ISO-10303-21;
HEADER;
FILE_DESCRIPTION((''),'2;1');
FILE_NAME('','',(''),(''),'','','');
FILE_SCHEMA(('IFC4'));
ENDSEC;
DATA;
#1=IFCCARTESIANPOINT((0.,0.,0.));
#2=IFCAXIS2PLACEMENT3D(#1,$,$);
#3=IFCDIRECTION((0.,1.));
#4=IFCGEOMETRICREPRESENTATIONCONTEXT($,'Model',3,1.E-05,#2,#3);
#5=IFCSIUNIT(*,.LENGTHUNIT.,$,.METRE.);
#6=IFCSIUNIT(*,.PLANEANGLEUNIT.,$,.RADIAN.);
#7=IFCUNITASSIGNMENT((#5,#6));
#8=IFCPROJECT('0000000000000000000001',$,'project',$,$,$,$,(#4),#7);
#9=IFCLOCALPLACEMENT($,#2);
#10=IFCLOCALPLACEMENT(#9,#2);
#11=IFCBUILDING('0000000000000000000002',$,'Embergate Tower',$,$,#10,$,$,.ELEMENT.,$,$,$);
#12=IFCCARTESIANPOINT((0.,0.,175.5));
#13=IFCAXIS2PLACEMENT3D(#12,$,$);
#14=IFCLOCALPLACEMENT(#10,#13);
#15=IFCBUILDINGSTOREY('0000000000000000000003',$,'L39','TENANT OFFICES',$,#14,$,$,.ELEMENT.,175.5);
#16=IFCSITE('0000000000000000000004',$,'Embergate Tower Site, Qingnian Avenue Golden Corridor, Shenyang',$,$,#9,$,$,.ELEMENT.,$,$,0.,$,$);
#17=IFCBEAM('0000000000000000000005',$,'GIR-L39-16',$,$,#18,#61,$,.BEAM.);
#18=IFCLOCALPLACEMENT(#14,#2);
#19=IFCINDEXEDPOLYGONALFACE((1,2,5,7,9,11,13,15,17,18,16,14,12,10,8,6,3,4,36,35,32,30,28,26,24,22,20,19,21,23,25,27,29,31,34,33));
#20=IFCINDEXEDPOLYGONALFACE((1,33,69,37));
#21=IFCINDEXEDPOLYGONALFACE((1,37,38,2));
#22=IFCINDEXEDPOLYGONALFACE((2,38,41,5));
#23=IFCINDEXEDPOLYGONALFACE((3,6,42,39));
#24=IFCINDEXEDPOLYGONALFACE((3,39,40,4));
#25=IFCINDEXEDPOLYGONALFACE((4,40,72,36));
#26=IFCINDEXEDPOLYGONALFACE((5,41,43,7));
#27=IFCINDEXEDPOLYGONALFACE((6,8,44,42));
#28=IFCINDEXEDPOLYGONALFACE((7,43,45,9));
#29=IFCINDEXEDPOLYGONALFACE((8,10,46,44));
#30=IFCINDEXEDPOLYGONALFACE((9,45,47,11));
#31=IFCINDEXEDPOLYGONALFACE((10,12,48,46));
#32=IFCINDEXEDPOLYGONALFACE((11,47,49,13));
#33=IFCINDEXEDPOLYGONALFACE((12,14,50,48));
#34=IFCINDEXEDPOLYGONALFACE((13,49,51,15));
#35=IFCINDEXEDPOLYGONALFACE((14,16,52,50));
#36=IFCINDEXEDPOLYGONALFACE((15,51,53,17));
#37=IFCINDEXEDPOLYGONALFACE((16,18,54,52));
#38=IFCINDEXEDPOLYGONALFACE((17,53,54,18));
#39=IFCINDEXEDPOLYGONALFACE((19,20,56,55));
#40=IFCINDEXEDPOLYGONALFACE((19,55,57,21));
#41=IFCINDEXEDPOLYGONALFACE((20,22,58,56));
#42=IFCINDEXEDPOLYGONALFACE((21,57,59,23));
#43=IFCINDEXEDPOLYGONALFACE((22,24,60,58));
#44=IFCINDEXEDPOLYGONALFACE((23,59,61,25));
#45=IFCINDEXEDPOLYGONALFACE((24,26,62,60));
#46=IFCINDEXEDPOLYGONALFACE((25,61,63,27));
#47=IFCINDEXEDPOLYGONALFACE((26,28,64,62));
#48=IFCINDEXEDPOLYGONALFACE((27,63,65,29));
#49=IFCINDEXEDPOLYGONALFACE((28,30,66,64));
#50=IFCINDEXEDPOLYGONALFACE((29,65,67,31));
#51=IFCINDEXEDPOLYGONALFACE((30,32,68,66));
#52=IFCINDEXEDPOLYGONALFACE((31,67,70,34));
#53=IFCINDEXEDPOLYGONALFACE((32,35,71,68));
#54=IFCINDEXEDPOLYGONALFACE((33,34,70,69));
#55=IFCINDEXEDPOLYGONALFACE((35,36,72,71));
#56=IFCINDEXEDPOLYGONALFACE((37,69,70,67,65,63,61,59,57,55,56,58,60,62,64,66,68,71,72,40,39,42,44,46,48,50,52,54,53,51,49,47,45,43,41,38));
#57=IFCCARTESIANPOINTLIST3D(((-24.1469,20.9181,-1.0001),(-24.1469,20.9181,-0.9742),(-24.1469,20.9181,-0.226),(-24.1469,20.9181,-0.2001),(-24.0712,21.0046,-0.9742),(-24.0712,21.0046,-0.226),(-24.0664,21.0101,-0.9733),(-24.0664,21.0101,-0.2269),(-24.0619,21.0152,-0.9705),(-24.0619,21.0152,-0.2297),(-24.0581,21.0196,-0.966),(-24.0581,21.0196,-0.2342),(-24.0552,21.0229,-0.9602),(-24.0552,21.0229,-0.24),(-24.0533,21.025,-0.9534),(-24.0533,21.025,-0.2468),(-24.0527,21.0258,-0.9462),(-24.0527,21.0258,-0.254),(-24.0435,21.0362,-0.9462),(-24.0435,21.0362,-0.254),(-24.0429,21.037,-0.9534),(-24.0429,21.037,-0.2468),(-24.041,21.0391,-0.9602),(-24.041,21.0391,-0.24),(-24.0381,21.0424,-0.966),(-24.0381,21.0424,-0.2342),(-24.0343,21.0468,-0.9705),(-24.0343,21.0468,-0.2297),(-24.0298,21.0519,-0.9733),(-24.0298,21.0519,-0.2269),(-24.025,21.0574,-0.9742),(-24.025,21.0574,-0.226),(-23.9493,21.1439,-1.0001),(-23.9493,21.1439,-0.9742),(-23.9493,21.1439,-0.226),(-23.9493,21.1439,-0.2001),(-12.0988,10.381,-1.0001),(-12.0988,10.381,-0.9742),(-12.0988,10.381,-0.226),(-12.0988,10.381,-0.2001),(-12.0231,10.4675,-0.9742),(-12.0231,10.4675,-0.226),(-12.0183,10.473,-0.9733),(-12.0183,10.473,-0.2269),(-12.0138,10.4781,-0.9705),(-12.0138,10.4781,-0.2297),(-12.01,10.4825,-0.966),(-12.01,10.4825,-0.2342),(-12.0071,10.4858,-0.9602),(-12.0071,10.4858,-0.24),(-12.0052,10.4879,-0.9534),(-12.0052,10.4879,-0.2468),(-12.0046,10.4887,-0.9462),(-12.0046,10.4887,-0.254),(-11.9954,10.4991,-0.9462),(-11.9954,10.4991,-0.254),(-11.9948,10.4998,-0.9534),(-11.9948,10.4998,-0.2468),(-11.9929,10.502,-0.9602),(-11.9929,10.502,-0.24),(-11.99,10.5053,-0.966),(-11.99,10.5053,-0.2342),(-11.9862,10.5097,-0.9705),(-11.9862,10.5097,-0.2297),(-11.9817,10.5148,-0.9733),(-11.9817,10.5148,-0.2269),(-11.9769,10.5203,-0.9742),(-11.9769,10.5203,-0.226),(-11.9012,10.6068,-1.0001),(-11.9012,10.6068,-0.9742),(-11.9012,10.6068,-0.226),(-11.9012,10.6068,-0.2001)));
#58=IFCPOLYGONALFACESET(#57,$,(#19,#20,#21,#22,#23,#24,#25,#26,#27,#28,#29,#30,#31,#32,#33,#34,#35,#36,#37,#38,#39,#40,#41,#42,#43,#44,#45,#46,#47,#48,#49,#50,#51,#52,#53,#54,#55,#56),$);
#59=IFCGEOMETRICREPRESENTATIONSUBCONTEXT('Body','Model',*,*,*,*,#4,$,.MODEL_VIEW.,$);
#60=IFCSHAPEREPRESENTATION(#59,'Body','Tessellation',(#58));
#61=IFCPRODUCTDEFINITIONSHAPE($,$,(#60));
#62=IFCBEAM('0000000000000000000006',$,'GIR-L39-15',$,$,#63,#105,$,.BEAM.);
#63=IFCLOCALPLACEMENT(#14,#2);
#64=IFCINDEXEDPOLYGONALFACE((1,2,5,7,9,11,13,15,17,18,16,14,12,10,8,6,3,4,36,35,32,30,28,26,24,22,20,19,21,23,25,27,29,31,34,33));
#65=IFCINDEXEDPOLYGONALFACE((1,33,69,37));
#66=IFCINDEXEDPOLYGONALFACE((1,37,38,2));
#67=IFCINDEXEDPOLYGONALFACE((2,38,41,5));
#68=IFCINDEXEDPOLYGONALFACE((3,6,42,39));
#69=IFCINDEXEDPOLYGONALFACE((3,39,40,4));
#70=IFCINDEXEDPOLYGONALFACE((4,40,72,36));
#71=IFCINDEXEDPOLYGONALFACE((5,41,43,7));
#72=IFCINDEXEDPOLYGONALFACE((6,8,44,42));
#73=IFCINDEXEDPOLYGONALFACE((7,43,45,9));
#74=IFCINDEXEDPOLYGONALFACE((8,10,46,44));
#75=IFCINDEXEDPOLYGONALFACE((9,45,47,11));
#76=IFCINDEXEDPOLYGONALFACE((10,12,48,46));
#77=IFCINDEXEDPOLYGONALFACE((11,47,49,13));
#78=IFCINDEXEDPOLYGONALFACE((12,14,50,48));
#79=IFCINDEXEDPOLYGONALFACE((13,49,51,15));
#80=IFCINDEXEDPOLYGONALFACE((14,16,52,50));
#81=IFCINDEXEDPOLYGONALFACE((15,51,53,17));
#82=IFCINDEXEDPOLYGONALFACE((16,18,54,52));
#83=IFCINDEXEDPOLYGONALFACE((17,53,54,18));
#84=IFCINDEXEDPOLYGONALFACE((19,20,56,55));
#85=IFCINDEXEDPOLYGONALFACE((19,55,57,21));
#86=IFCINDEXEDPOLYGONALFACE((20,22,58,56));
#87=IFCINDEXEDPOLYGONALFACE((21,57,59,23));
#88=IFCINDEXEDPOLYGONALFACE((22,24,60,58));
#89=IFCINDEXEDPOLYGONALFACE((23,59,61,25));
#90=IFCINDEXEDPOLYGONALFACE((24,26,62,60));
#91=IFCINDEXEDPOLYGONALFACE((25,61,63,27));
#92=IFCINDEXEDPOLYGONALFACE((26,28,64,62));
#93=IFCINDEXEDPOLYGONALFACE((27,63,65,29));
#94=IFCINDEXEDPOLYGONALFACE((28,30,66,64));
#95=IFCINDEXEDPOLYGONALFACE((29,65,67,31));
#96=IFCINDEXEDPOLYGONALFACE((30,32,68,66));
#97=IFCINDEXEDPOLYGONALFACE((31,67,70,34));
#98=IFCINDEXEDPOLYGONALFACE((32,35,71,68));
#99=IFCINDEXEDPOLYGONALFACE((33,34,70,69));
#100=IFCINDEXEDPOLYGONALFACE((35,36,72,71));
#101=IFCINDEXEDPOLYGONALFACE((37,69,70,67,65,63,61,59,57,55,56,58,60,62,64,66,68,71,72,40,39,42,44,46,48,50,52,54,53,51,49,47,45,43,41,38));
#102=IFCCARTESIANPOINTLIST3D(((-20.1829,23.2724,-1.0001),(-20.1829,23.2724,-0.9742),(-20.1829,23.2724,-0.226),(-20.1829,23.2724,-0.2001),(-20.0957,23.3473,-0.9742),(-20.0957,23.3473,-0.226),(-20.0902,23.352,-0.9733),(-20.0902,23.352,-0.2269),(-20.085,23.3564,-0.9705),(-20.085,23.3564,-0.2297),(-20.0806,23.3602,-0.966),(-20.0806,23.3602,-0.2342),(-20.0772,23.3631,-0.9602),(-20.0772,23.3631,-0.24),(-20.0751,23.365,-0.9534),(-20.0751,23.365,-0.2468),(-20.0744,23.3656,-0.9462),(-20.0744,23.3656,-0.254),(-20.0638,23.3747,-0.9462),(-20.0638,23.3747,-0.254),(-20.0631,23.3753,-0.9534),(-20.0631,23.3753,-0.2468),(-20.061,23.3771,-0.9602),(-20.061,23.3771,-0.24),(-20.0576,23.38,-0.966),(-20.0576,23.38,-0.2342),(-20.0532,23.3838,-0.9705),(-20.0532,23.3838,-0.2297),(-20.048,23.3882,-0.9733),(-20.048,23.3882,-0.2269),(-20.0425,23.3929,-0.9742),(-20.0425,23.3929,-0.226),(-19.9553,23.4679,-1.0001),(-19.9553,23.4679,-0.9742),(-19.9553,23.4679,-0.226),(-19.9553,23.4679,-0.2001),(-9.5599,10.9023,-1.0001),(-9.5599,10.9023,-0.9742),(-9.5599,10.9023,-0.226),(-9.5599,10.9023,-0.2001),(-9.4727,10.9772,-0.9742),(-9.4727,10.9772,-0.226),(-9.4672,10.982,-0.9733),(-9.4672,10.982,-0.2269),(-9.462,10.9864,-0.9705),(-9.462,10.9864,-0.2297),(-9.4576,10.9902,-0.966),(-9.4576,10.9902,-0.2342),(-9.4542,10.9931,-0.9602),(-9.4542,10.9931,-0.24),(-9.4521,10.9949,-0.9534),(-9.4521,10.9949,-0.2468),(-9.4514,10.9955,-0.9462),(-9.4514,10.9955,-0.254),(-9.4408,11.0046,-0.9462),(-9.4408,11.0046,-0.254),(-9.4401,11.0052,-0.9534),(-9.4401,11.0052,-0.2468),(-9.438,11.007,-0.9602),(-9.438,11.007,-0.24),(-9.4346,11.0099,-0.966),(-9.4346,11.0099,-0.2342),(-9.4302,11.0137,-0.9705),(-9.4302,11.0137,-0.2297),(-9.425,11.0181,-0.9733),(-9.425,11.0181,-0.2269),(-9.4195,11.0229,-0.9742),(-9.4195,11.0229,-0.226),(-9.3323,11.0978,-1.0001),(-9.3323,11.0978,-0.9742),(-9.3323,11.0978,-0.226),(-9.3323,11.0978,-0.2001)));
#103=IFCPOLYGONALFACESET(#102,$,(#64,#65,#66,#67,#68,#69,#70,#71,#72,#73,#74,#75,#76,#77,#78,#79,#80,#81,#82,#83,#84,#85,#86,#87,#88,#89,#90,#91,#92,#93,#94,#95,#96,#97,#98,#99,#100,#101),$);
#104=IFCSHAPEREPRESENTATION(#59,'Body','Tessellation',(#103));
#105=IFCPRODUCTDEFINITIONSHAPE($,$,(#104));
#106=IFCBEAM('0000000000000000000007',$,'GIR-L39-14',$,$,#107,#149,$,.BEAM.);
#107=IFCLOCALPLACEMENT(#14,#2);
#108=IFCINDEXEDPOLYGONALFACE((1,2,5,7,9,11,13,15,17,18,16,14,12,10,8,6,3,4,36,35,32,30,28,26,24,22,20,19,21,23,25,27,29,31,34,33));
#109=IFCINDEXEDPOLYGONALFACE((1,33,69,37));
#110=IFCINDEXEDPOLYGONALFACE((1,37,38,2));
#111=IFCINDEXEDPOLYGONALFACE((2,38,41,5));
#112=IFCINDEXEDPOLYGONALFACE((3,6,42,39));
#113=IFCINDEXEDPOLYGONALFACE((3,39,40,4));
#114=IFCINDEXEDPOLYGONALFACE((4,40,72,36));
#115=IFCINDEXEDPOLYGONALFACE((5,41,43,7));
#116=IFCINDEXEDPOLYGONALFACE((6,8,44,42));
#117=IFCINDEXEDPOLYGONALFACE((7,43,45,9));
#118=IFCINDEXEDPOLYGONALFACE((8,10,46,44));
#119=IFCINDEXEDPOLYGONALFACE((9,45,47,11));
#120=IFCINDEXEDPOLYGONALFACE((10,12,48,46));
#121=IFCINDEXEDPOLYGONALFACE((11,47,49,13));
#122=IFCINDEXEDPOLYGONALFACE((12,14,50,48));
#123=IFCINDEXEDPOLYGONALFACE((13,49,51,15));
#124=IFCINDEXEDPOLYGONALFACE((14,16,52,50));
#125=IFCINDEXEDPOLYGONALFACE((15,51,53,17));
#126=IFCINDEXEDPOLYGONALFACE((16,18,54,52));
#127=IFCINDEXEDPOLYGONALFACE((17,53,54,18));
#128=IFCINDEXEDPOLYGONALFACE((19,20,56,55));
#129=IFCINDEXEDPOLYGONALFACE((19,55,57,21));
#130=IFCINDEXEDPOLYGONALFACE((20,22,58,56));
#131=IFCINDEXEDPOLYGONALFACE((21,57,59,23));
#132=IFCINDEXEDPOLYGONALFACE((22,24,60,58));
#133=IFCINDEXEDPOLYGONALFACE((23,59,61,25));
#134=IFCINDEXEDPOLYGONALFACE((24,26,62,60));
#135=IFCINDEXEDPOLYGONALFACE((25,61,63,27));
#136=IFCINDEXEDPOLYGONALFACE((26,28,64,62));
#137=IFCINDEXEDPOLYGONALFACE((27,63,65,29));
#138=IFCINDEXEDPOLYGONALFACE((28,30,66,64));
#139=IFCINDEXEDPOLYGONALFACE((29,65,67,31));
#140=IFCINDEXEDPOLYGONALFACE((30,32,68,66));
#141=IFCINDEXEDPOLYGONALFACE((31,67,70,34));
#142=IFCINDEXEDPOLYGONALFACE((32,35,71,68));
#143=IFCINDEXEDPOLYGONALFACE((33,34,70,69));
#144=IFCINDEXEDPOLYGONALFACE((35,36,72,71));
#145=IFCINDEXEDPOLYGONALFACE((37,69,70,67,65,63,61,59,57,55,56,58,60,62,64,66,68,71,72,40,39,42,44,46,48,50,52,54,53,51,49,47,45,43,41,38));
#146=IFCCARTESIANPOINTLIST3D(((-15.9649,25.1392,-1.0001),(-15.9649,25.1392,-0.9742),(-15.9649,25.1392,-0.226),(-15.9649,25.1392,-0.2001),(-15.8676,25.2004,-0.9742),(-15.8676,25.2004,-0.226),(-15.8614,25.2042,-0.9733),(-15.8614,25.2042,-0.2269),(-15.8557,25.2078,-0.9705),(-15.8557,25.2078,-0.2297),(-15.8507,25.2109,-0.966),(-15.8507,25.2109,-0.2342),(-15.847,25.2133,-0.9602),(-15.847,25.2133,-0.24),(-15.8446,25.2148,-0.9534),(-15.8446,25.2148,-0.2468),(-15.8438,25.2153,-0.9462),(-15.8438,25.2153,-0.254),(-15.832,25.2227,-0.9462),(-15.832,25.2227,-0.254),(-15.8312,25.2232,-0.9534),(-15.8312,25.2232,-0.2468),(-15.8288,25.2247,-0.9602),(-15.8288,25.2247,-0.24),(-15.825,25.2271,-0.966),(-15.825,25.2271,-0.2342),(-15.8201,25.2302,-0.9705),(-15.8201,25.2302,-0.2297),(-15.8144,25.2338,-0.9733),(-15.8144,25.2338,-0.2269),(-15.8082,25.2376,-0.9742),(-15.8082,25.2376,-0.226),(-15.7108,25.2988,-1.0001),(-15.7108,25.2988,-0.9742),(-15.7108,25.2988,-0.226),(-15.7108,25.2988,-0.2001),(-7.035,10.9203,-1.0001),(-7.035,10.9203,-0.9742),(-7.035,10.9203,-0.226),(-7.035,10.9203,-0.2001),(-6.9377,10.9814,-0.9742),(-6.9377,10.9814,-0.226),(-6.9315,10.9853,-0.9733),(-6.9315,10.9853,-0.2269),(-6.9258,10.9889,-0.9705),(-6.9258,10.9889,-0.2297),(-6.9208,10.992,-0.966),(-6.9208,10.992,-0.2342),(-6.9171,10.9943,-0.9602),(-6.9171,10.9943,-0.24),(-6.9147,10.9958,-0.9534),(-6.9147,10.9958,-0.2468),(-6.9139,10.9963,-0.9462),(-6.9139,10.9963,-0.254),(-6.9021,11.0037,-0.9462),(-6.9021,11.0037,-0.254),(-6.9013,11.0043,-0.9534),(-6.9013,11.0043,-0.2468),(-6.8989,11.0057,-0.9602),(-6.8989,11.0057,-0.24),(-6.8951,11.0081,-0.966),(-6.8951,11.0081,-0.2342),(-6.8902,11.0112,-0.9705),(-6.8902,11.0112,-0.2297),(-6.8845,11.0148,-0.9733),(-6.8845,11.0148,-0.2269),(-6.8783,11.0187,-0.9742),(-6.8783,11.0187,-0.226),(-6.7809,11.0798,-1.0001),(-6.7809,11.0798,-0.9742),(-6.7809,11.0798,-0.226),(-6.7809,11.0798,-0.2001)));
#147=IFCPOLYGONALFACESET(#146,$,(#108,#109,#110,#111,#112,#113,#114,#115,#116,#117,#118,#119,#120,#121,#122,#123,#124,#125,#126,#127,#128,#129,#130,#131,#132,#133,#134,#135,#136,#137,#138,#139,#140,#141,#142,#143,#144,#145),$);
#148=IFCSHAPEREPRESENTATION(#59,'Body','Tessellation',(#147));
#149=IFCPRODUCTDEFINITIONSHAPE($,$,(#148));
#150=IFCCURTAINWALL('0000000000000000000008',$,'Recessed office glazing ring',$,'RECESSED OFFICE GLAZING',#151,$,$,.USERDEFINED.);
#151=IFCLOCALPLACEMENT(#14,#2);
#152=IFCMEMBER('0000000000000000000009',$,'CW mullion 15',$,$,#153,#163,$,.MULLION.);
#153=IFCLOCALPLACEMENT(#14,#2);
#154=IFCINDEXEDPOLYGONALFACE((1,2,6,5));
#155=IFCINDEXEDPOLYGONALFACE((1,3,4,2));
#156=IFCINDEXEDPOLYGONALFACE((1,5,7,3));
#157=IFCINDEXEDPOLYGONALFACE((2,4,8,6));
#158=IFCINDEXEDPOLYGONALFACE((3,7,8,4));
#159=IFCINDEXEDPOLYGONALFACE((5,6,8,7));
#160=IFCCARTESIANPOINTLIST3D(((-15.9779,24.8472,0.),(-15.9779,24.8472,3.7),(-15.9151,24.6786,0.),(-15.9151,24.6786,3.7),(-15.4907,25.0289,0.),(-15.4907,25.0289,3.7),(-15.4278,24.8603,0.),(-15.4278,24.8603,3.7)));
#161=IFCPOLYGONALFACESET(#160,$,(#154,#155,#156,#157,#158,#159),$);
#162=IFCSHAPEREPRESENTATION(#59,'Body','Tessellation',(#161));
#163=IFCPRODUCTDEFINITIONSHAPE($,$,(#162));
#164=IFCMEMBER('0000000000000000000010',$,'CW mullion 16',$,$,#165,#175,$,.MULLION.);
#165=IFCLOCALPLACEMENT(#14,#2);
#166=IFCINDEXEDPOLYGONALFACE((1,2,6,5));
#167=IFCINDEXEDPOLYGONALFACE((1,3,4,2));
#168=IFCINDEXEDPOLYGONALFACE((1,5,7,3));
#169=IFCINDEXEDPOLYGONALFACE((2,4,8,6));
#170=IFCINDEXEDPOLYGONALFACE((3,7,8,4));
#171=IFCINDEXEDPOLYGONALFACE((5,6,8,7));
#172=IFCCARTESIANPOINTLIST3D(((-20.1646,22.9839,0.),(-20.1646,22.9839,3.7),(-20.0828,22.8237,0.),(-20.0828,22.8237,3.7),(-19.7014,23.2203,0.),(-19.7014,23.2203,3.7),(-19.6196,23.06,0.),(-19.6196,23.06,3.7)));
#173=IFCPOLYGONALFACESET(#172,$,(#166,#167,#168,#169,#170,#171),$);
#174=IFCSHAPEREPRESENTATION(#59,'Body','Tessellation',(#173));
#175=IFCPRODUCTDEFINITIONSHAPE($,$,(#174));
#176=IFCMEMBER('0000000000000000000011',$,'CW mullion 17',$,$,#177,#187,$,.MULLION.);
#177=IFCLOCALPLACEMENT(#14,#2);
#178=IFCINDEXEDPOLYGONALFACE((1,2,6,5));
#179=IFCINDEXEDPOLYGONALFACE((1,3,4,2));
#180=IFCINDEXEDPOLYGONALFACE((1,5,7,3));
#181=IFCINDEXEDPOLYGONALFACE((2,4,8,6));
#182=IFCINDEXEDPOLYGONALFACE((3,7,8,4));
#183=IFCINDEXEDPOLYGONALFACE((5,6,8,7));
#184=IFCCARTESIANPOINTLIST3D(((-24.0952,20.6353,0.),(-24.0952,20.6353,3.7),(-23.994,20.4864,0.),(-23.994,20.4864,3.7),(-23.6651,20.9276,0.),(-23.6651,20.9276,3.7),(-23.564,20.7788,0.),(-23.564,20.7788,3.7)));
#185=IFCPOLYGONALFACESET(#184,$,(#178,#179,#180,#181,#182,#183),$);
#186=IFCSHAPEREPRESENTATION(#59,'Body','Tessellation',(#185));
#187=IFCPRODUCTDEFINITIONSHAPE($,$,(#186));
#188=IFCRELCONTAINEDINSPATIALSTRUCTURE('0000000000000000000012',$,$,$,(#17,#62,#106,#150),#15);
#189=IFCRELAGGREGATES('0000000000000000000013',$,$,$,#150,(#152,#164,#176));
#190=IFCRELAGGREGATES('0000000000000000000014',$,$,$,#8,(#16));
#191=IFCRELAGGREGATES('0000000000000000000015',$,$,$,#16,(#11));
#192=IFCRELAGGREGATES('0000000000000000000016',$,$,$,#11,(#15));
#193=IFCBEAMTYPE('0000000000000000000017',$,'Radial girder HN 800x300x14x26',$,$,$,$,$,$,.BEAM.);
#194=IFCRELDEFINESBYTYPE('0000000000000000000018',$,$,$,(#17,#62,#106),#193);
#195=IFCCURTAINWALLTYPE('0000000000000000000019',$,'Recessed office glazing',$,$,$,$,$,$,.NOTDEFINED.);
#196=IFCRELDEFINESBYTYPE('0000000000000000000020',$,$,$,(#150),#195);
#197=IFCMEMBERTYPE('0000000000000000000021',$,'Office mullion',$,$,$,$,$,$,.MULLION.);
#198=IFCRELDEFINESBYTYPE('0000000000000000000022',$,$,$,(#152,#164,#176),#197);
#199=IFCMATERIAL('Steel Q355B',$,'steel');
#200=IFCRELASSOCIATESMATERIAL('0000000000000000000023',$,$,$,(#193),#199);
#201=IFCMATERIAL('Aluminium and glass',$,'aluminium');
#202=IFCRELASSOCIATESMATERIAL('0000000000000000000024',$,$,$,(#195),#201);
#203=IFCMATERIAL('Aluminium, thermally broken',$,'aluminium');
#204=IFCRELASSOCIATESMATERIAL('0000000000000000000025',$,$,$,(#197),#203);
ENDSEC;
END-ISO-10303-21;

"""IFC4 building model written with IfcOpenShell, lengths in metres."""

from ifc_helpers import new_model, si_unit, direction, frame, origin, origin_2d, place, context, subcontext, project, spatial, rectangle, i_section, extrude, source, transform, mapped, material, material_profile, profile_set, type_object, element, aggregate, save


model = new_model("IFC4")

# Units and contexts
model_context = context("Model", 3, precision=1e-05, world=origin(), true_north=direction((0.0, 1.0)))
body_context = subcontext(model_context, "Body", "Model", "MODEL_VIEW")
ifc_project = project(units=[si_unit("LENGTHUNIT", "METRE"), si_unit("PLANEANGLEUNIT", "RADIAN")], contexts=[model_context])

# Site, building, storey
site_placement = place(None, origin())
site = spatial("IfcSite", under=ifc_project, at=site_placement, Name="Embergate Tower Site, Qingnian Avenue Golden Corridor, Shenyang", CompositionType="ELEMENT", RefElevation=0.0)
building_placement = place(site_placement, origin())
building = spatial("IfcBuilding", under=site, at=building_placement, Name="Embergate Tower", CompositionType="ELEMENT")
storey_placement = place(building_placement, frame((0.0, 0.0, 175.5)))
storey = spatial("IfcBuildingStorey", under=building, at=storey_placement, Name="L39", Description="TENANT OFFICES", CompositionType="ELEMENT", Elevation=175.5)

# Beams
ifc_material_1 = material(Name="Steel Q355B", Category="steel")
ifc_material_profile_1 = material_profile(ifc_material_1, i_section(OverallWidth=0.3, OverallDepth=0.8, WebThickness=0.0139, FlangeThickness=0.0259, FilletRadius=0.0281, at=origin_2d()), Name="HN 800x300x14x26")
ifc_profile_set_1 = profile_set([ifc_material_profile_1], Name="Steel Q355 grade B")
beam_type_1 = type_object("IfcBeamType", Name="Radial girder HN 800x300x14x26", PredefinedType="BEAM", material=ifc_profile_set_1)
shared_shape_1 = source(origin(), body_context, "Body", "SweptSolid", [
    extrude(i_section(OverallWidth=0.3, OverallDepth=0.8, WebThickness=0.0139, FlangeThickness=0.0259, FilletRadius=0.0281, at=origin_2d()), origin(), (0.0, 0.0, 1.0), 16.0059),
])
beam_1_placement = place(storey_placement, frame((-24.0481, 21.031, -0.6001), z_axis=(0.752731, -0.658329, 0.0), x_axis=(0.658329, 0.752731, 0.0)))
element("IfcBeam", 1, at=beam_1_placement, inside=storey, type_object=beam_type_1, Name="GIR-L39-16", PredefinedType="BEAM", context=body_context, shape_type="MappedRepresentation", body=[
    mapped(shared_shape_1, transform((0.0, 0.0, 0.0))),
])
shared_shape_2 = source(origin(), body_context, "Body", "SweptSolid", [
    extrude(i_section(OverallWidth=0.3, OverallDepth=0.8, WebThickness=0.0139, FlangeThickness=0.0259, FilletRadius=0.0281, at=origin_2d()), origin(), (0.0, 0.0, 1.0), 16.3054),
])
beam_2_placement = place(storey_placement, frame((-20.0691, 23.3701, -0.6001), z_axis=(0.651501, -0.758647, 0.0), x_axis=(0.758647, 0.651501, 0.0)))
element("IfcBeam", 2, at=beam_2_placement, inside=storey, type_object=beam_type_1, Name="GIR-L39-15", PredefinedType="BEAM", context=body_context, shape_type="MappedRepresentation", body=[
    mapped(shared_shape_2, transform((0.0, 0.0, 0.0))),
])
shared_shape_3 = source(origin(), body_context, "Body", "SweptSolid", [
    extrude(i_section(OverallWidth=0.3, OverallDepth=0.8, WebThickness=0.0139, FlangeThickness=0.0259, FilletRadius=0.0281, at=origin_2d()), origin(), (0.0, 0.0, 1.0), 16.7905),
])
beam_3_placement = place(storey_placement, frame((-15.8379, 25.219, -0.6001), z_axis=(0.531842, -0.846844, 0.0), x_axis=(0.846844, 0.531842, 0.0)))
element("IfcBeam", 3, at=beam_3_placement, inside=storey, type_object=beam_type_1, Name="GIR-L39-14", PredefinedType="BEAM", context=body_context, shape_type="MappedRepresentation", body=[
    mapped(shared_shape_3, transform((0.0, 0.0, 0.0))),
])

# Curtain wall, members
ifc_material_2 = material(Name="Aluminium and glass", Category="aluminium")
curtain_wall_type = type_object("IfcCurtainWallType", Name="Recessed office glazing", PredefinedType="NOTDEFINED", material=ifc_material_2)
curtain_wall_placement = place(storey_placement, origin())
curtain_wall = element("IfcCurtainWall", 4, at=curtain_wall_placement, inside=storey, type_object=curtain_wall_type, Name="Recessed office glazing ring", ObjectType="RECESSED OFFICE GLAZING", PredefinedType="USERDEFINED")
ifc_material_3 = material(Name="Aluminium, thermally broken", Category="aluminium")
ifc_material_profile_2 = material_profile(ifc_material_3, rectangle(XDim=0.1799, YDim=0.52, at=origin_2d()), Name="AL 520x180")
ifc_profile_set_2 = profile_set([ifc_material_profile_2], Name="Aluminium, thermally broken")
member_type_1 = type_object("IfcMemberType", Name="Office mullion", PredefinedType="MULLION", material=ifc_profile_set_2)
shared_shape_4 = source(origin(), body_context, "Body", "SweptSolid", [
    extrude(rectangle(XDim=0.1799, YDim=0.52, at=origin_2d()), origin(), (0.0, 0.0, 1.0), 3.7),
])
member_1_placement = place(storey_placement, frame((-15.7029, 24.8538, 0.0), z_axis=(0.0, 0.0, 1.0), x_axis=(0.349498, -0.936937, 0.0)))
member_1 = element("IfcMember", 5, at=member_1_placement, type_object=member_type_1, Name="CW mullion 15", PredefinedType="MULLION", context=body_context, shape_type="MappedRepresentation", body=[
    mapped(shared_shape_4, transform((0.0, 0.0, 0.0))),
])
member_2_placement = place(storey_placement, frame((-19.8921, 23.022, 0.0), z_axis=(0.0, 0.0, 1.0), x_axis=(0.454505, -0.890744, 0.0)))
member_2 = element("IfcMember", 6, at=member_2_placement, type_object=member_type_1, Name="CW mullion 16", PredefinedType="MULLION", context=body_context, shape_type="MappedRepresentation", body=[
    mapped(shared_shape_4, transform((0.0, 0.0, 0.0))),
])
member_3_placement = place(storey_placement, frame((-23.8296, 20.707, 0.0), z_axis=(0.0, 0.0, 1.0), x_axis=(0.56221, -0.826994, 0.0)))
member_3 = element("IfcMember", 7, at=member_3_placement, type_object=member_type_1, Name="CW mullion 17", PredefinedType="MULLION", context=body_context, shape_type="MappedRepresentation", body=[
    mapped(shared_shape_4, transform((0.0, 0.0, 0.0))),
])
aggregate(curtain_wall, [member_1, member_2, member_3])

save(model, "model.ifc")
